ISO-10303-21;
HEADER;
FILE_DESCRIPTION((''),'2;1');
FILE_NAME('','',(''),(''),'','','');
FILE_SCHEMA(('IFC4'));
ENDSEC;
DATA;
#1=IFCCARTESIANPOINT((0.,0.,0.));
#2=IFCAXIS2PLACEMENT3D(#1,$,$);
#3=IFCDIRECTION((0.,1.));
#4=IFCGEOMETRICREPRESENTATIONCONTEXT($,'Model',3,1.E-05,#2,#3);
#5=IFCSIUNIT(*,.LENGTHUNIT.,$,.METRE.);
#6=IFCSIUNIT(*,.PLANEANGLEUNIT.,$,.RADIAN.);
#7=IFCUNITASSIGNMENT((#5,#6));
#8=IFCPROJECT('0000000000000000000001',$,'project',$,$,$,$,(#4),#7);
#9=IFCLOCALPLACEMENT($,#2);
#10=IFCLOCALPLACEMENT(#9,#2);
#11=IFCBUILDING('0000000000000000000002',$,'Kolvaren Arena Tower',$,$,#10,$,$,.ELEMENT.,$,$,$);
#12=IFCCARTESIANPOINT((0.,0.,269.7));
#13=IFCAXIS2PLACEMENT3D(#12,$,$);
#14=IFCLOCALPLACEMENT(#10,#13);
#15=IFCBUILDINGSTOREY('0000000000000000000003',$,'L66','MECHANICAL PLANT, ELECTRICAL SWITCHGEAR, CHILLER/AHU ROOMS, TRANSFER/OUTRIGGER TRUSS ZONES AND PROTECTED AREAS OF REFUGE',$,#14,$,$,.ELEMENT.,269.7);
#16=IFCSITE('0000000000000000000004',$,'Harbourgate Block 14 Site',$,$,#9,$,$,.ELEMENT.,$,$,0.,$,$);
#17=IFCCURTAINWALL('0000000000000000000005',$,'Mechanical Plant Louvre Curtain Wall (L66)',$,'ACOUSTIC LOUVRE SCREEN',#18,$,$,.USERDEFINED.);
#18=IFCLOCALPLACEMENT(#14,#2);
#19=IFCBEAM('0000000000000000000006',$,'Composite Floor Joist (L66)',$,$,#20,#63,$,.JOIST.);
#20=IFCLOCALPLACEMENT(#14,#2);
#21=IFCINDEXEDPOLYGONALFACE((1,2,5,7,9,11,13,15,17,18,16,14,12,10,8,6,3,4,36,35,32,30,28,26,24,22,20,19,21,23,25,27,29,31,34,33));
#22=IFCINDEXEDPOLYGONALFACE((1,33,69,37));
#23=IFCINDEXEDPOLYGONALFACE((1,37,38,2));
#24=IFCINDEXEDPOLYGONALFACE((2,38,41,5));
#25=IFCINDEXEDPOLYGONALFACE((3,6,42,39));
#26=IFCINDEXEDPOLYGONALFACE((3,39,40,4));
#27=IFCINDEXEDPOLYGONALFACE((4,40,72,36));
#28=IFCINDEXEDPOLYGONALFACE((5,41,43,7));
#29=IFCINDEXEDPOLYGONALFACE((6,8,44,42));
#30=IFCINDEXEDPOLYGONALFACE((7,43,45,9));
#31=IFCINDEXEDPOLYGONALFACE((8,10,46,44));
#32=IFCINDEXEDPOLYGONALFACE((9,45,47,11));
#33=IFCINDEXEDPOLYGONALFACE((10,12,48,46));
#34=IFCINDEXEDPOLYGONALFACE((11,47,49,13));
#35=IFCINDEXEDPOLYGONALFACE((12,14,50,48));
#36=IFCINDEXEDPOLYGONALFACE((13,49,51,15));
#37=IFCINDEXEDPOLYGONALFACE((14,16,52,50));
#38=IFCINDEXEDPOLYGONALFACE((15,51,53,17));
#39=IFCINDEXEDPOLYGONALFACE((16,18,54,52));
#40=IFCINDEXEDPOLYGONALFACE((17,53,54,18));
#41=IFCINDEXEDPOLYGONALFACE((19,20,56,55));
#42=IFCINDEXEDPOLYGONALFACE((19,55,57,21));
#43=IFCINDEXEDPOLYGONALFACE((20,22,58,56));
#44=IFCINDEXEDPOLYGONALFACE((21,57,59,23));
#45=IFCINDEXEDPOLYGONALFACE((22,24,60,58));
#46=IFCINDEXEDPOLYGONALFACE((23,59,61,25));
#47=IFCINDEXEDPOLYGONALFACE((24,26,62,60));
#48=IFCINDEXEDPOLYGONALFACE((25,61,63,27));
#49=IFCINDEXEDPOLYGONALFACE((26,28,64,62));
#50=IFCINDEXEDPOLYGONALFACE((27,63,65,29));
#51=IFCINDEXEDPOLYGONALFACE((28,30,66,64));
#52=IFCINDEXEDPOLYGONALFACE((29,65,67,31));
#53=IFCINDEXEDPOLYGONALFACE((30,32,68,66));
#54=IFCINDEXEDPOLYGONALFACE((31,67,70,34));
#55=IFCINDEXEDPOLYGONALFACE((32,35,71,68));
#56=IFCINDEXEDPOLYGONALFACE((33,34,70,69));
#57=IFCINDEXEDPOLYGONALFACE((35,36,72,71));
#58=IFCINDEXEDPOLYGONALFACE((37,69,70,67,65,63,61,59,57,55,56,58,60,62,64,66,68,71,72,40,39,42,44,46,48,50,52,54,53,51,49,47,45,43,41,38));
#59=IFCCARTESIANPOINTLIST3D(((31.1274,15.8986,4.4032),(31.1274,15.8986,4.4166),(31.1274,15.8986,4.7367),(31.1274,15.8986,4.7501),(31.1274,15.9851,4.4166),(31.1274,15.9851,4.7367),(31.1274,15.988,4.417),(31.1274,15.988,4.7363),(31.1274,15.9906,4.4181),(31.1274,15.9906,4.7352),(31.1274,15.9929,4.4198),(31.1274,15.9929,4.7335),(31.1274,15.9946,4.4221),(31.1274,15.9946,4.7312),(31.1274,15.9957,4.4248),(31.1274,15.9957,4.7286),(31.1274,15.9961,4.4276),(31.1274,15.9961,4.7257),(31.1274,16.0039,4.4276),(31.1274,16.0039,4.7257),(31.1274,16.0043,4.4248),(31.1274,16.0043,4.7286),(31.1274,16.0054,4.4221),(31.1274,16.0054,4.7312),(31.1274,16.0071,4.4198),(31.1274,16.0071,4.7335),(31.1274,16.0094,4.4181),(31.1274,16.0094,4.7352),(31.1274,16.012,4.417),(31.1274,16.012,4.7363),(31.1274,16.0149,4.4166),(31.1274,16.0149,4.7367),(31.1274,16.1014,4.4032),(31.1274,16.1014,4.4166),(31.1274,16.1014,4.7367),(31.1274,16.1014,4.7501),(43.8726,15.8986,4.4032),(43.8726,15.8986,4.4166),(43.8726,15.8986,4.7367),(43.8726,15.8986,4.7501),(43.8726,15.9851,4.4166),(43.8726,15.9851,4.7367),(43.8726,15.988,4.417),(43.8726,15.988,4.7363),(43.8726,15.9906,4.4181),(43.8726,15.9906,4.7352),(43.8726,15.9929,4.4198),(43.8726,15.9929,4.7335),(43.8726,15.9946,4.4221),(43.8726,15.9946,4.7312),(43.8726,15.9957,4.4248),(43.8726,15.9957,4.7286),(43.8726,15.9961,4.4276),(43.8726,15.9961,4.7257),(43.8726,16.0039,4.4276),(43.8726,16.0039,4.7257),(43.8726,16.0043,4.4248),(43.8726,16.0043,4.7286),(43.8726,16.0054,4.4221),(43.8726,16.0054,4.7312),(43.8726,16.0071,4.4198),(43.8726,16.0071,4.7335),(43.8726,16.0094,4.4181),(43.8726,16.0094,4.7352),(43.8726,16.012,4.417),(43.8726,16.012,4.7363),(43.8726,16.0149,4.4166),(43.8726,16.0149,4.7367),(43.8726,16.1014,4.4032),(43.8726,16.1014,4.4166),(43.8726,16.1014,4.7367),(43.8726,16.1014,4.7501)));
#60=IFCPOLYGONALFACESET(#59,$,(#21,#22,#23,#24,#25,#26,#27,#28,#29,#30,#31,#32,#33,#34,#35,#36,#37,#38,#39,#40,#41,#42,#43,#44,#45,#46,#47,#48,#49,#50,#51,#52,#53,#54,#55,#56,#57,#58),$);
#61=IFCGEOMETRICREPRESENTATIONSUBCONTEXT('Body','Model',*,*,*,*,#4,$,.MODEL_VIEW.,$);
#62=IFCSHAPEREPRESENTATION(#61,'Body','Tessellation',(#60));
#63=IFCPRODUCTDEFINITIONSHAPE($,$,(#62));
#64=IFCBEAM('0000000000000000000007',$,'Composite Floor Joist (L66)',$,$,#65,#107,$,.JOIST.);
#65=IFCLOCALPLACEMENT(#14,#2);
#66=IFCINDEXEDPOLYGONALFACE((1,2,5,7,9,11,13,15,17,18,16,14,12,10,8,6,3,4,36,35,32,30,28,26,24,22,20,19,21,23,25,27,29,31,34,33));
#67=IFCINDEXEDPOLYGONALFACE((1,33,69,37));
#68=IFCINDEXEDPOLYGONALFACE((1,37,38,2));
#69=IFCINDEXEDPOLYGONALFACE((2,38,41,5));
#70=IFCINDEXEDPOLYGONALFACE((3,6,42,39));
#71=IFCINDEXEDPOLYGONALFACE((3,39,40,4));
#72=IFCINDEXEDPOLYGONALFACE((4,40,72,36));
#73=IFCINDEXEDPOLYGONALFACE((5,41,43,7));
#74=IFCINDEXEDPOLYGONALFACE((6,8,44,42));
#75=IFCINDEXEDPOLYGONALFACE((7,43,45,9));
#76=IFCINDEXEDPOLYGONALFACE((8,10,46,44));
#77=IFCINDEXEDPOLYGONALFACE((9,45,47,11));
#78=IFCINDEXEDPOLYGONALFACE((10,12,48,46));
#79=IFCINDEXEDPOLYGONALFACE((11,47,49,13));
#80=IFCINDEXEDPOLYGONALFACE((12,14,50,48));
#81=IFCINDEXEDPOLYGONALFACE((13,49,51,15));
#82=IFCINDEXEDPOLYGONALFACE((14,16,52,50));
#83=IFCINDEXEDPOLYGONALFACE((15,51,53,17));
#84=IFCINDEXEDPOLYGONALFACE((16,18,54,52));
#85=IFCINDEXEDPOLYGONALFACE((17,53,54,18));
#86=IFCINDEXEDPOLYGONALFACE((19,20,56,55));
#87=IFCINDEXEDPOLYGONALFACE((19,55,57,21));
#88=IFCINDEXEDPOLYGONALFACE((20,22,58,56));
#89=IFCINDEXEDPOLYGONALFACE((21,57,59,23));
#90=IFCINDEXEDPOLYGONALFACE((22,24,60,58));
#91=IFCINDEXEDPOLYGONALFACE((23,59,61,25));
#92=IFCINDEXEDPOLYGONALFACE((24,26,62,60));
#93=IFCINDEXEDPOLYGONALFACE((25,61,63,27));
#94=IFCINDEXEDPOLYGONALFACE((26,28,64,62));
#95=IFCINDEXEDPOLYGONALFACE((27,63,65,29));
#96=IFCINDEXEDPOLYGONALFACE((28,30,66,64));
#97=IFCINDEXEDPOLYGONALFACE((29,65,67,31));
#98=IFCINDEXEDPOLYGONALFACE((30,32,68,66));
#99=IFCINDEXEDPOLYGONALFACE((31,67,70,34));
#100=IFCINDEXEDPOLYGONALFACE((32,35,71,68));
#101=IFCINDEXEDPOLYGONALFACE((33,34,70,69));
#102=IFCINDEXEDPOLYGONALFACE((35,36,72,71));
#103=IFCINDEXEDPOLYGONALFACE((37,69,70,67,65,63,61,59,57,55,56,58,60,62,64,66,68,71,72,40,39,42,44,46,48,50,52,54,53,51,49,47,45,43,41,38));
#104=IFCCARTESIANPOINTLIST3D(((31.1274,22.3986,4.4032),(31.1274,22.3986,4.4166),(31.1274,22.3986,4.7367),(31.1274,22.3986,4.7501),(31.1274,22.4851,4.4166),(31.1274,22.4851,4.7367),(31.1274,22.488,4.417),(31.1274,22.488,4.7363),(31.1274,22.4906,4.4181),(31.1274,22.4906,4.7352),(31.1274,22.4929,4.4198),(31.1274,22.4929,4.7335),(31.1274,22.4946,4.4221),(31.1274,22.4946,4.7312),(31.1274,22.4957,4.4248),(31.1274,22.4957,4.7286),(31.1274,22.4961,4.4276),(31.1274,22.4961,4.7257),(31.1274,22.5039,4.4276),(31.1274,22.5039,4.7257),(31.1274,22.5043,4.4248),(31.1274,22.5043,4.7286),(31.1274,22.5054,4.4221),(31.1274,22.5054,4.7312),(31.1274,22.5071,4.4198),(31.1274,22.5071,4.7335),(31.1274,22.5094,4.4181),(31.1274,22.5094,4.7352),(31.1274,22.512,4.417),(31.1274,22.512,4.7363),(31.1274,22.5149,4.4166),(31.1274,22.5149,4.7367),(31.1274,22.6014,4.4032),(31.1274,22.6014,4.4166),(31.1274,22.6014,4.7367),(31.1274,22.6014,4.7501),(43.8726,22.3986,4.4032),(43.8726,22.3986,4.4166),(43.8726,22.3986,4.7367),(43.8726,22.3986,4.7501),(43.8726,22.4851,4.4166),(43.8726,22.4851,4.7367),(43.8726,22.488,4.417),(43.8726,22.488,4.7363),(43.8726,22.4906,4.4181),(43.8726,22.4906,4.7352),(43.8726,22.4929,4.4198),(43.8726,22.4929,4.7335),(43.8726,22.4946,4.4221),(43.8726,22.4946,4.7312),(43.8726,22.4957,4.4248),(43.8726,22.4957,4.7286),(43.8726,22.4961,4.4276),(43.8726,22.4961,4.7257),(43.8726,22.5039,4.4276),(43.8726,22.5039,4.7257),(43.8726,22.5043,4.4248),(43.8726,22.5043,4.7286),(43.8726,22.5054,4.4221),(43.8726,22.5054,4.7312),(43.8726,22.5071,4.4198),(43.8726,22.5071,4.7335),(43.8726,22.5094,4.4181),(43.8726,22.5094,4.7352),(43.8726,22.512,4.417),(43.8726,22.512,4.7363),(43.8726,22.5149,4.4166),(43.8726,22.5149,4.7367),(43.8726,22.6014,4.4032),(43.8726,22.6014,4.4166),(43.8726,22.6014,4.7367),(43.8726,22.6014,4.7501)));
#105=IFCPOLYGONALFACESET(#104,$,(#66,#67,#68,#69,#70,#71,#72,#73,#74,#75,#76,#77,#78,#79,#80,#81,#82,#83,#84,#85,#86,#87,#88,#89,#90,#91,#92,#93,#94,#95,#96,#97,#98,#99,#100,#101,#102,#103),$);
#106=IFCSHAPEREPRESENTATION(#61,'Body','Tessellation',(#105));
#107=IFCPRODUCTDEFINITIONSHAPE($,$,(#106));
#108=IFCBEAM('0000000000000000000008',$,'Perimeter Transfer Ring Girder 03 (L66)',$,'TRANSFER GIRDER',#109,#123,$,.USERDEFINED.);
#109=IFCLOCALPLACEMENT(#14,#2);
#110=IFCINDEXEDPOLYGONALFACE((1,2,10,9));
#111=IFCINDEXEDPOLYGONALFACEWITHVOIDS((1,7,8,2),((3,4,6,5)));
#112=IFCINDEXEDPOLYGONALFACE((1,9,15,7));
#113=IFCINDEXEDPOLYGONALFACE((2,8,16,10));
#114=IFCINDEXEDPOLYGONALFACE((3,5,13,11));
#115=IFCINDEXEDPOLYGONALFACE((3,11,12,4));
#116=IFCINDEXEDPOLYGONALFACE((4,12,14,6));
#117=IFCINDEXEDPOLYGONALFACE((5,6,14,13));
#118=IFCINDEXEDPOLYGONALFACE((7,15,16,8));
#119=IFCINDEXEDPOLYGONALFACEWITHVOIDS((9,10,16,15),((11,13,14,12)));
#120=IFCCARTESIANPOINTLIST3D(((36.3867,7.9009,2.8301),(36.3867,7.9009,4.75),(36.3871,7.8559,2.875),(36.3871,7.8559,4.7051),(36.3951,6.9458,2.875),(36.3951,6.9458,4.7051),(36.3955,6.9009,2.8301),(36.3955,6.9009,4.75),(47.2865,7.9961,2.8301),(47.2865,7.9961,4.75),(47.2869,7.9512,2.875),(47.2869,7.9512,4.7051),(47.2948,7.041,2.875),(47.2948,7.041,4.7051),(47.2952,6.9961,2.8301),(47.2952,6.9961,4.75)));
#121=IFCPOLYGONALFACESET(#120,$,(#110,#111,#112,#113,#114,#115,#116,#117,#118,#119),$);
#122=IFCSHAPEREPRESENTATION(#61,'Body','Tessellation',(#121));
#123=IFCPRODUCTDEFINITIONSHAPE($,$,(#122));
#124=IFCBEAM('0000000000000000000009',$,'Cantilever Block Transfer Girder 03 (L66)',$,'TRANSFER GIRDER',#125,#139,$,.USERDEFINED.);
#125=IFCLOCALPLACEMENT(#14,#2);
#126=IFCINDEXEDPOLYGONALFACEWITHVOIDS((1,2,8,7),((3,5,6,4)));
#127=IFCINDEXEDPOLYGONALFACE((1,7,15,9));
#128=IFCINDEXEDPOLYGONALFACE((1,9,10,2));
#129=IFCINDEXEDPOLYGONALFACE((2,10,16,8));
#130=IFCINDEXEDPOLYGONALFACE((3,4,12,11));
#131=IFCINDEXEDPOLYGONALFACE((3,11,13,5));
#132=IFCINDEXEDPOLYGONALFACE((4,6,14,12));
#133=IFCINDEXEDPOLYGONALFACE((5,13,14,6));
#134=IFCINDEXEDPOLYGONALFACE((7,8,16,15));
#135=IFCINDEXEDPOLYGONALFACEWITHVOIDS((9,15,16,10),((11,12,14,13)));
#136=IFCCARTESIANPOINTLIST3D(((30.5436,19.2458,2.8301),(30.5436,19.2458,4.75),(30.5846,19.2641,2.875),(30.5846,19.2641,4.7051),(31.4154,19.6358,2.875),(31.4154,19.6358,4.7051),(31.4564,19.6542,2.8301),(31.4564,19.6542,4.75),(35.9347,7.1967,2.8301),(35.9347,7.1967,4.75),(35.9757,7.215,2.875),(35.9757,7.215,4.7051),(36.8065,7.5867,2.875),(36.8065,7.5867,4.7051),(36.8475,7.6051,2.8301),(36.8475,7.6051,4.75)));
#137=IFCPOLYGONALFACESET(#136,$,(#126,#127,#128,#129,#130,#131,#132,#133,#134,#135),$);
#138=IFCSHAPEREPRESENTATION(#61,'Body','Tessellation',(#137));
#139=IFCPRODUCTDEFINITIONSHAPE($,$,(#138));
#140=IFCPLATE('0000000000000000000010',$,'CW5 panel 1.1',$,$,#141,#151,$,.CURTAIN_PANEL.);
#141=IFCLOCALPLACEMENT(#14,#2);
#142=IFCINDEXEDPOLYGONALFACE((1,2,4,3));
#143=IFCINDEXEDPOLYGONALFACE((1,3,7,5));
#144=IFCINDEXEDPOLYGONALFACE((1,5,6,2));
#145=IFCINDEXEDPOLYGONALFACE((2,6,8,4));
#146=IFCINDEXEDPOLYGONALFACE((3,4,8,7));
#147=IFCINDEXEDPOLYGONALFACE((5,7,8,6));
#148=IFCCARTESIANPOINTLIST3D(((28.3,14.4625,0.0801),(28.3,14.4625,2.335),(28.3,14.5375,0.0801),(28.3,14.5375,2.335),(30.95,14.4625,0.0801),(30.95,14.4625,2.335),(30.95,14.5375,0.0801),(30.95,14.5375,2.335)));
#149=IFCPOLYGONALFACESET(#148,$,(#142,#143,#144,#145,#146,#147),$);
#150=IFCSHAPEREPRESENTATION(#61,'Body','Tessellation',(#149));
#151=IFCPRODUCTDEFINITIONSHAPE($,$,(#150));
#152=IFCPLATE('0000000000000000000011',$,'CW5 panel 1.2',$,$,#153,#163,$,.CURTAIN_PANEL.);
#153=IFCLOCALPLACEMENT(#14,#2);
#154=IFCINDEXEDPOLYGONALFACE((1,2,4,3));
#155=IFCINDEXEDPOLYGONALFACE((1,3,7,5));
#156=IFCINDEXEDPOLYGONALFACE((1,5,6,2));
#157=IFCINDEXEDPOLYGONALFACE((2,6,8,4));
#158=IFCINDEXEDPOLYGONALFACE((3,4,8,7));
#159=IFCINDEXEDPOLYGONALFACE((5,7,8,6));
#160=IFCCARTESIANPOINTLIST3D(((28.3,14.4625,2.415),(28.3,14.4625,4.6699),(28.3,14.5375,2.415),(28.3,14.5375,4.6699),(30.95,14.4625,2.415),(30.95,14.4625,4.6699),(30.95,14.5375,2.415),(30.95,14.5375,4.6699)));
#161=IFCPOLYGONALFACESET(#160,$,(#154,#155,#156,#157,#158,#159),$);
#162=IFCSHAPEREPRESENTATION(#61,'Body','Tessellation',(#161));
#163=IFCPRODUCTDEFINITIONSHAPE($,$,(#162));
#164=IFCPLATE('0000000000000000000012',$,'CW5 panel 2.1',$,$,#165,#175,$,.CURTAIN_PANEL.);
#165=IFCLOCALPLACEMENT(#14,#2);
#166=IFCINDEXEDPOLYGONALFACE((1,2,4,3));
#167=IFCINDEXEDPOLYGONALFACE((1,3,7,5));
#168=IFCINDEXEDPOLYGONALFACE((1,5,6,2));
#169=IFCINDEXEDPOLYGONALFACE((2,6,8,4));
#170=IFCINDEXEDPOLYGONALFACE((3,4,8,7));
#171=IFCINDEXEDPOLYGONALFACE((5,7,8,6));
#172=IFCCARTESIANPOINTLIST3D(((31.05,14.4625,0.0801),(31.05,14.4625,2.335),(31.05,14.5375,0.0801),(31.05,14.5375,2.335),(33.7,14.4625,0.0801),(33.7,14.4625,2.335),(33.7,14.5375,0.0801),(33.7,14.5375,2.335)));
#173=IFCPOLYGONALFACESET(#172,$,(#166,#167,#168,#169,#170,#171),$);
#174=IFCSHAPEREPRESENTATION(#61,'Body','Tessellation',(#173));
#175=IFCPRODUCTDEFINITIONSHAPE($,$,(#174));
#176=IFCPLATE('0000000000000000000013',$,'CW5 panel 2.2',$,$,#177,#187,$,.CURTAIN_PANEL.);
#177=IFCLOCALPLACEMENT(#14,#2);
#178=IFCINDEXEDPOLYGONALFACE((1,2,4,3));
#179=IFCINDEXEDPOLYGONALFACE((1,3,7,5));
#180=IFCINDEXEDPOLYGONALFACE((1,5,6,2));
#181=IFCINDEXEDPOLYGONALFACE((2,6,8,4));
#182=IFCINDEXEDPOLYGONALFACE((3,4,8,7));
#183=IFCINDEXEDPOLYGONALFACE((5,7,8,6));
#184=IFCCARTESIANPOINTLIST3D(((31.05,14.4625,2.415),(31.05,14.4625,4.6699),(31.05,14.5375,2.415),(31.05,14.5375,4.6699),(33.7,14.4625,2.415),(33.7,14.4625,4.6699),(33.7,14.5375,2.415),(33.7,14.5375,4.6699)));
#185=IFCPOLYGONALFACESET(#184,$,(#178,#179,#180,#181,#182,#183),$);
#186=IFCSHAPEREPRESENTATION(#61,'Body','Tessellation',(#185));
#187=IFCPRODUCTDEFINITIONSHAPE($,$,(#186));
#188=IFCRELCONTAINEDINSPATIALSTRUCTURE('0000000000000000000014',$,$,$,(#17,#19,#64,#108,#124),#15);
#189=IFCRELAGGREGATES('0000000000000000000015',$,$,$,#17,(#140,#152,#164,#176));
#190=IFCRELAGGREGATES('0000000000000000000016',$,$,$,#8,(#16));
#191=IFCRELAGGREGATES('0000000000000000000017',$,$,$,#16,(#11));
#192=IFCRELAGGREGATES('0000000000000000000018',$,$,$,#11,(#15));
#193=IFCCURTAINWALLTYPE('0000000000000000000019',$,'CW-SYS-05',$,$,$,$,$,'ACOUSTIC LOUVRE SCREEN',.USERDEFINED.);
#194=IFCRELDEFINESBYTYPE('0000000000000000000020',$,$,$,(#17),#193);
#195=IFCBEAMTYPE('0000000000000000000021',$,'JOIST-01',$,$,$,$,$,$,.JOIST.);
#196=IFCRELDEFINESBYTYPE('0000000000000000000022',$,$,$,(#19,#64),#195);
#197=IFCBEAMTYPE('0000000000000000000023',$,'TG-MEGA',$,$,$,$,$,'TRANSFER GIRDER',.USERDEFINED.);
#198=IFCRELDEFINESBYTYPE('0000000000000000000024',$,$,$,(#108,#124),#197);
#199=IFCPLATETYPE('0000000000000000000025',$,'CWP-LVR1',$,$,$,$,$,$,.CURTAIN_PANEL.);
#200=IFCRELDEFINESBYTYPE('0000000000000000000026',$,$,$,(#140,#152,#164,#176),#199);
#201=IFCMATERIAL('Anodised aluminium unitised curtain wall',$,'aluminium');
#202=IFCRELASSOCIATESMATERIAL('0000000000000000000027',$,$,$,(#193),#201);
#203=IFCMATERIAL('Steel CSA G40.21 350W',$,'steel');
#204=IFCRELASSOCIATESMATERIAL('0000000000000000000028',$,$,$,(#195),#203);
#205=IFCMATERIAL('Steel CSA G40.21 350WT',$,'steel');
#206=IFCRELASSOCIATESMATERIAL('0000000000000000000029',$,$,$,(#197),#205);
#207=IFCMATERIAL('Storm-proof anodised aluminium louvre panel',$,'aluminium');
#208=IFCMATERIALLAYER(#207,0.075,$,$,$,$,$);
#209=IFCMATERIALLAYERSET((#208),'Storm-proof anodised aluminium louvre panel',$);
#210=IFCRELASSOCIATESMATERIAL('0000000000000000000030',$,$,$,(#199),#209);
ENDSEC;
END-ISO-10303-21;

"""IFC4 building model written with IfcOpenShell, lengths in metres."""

from ifc_helpers import new_model, si_unit, direction, frame, origin, origin_2d, place, context, subcontext, project, spatial, rectangle, hollow_rectangle, i_section, extrude, material, layer, layer_set, material_profile, profile_set, type_object, element, aggregate, save


model = new_model("IFC4")

# Units and contexts
model_context = context("Model", 3, precision=1e-05, world=origin(), true_north=direction((0.0, 1.0)))
body_context = subcontext(model_context, "Body", "Model", "MODEL_VIEW")
ifc_project = project(units=[si_unit("LENGTHUNIT", "METRE"), si_unit("PLANEANGLEUNIT", "RADIAN")], contexts=[model_context])

# Site, building, storey
site_placement = place(None, origin())
site = spatial("IfcSite", under=ifc_project, at=site_placement, Name="Harbourgate Block 14 Site", CompositionType="ELEMENT", RefElevation=0.0)
building_placement = place(site_placement, origin())
building = spatial("IfcBuilding", under=site, at=building_placement, Name="Kolvaren Arena Tower", CompositionType="ELEMENT")
storey_placement = place(building_placement, frame((0.0, 0.0, 269.7)))
storey = spatial("IfcBuildingStorey", under=building, at=storey_placement, Name="L66", Description="MECHANICAL PLANT, ELECTRICAL SWITCHGEAR, CHILLER/AHU ROOMS, TRANSFER/OUTRIGGER TRUSS ZONES AND PROTECTED AREAS OF REFUGE", CompositionType="ELEMENT", Elevation=269.7)

# Curtain wall
ifc_material_1 = material(Name="Anodised aluminium unitised curtain wall", Category="aluminium")
curtain_wall_type = type_object("IfcCurtainWallType", Name="CW-SYS-05", ElementType="ACOUSTIC LOUVRE SCREEN", PredefinedType="USERDEFINED", material=ifc_material_1)
curtain_wall_placement = place(storey_placement, origin())
curtain_wall = element("IfcCurtainWall", 1, at=curtain_wall_placement, inside=storey, type_object=curtain_wall_type, Name="Mechanical Plant Louvre Curtain Wall (L66)", ObjectType="ACOUSTIC LOUVRE SCREEN", PredefinedType="USERDEFINED")

# Beams
ifc_material_2 = material(Name="Steel CSA G40.21 350W", Category="steel")
ifc_material_profile_1 = material_profile(ifc_material_2, i_section(OverallWidth=0.2029, OverallDepth=0.3469, WebThickness=0.0078, FlangeThickness=0.0134, FilletRadius=0.011, at=origin_2d()), Name="W360x64")
ifc_profile_set_1 = profile_set([ifc_material_profile_1], Name="Steel CSA G40.21 350W")
beam_type_1 = type_object("IfcBeamType", Name="JOIST-01", PredefinedType="JOIST", material=ifc_profile_set_1)
for number, where, z_axis, x_axis, name in (
    (2, (31.1274, 16.0, 4.5767), (1.0, 0.0, 0.0), (0.0, 1.0, 0.0), "Composite Floor Joist (L66)"),
    (3, (31.1274, 22.5, 4.5767), (1.0, 0.0, 0.0), (0.0, 1.0, 0.0), "Composite Floor Joist (L66)"),
):
    element("IfcBeam", number, at=place(storey_placement, frame(where, z_axis=z_axis, x_axis=x_axis)), inside=storey, type_object=beam_type_1, Name=name, PredefinedType="JOIST", context=body_context, shape_type="SweptSolid", body=[
        extrude(i_section(OverallWidth=0.2029, OverallDepth=0.3469, WebThickness=0.0078, FlangeThickness=0.0134, FilletRadius=0.011, at=origin_2d()), origin(), (0.0, 0.0, 1.0), 12.7451),
    ])
ifc_material_3 = material(Name="Steel CSA G40.21 350WT", Category="steel")
ifc_material_profile_2 = material_profile(ifc_material_3, hollow_rectangle(XDim=1.0, YDim=1.9199, WallThickness=0.0449, at=origin_2d()), Name="BOX 1000x1920x45")
ifc_profile_set_2 = profile_set([ifc_material_profile_2], Name="Steel CSA G40.21 350WT")
beam_type_2 = type_object("IfcBeamType", Name="TG-MEGA", ElementType="TRANSFER GIRDER", PredefinedType="USERDEFINED", material=ifc_profile_set_2)
beam_1_placement = place(storey_placement, frame((36.3911, 7.4009, 3.79), z_axis=(0.999962, 0.008735, 0.0), x_axis=(-0.008735, 0.999962, 0.0)))
element("IfcBeam", 4, at=beam_1_placement, inside=storey, type_object=beam_type_2, Name="Perimeter Transfer Ring Girder 03 (L66)", ObjectType="TRANSFER GIRDER", PredefinedType="USERDEFINED", context=body_context, shape_type="SweptSolid", body=[
    extrude(hollow_rectangle(XDim=1.0, YDim=1.9199, WallThickness=0.0449, at=origin_2d()), origin(), (0.0, 0.0, 1.0), 10.9001),
])
beam_2_placement = place(storey_placement, frame((36.3911, 7.4009, 3.79), z_axis=(-0.408413, 0.912797, 0.0), x_axis=(-0.912797, -0.408413, 0.0)))
element("IfcBeam", 5, at=beam_2_placement, inside=storey, type_object=beam_type_2, Name="Cantilever Block Transfer Girder 03 (L66)", ObjectType="TRANSFER GIRDER", PredefinedType="USERDEFINED", context=body_context, shape_type="SweptSolid", body=[
    extrude(hollow_rectangle(XDim=1.0, YDim=1.9199, WallThickness=0.0449, at=origin_2d()), origin(), (0.0, 0.0, 1.0), 13.2002),
])

# Plates
ifc_material_4 = material(Name="Storm-proof anodised aluminium louvre panel", Category="aluminium")
ifc_layer = layer(ifc_material_4, 0.075)
ifc_layer_set = layer_set([ifc_layer], Name="Storm-proof anodised aluminium louvre panel")
plate_type = type_object("IfcPlateType", Name="CWP-LVR1", PredefinedType="CURTAIN_PANEL", material=ifc_layer_set)
plate_1_placement = place(storey_placement, frame((29.625, 14.5, 0.0801), z_axis=(0.0, 0.0, 1.0), x_axis=(1.0, 0.0, 0.0)))
plate_1 = element("IfcPlate", 6, at=plate_1_placement, type_object=plate_type, Name="CW5 panel 1.1", PredefinedType="CURTAIN_PANEL", context=body_context, shape_type="SweptSolid", body=[
    extrude(rectangle(XDim=2.6499, YDim=0.075, at=origin_2d()), origin(), (0.0, 0.0, 1.0), 2.2549),
])
plate_2_placement = place(storey_placement, frame((29.625, 14.5, 2.415), z_axis=(0.0, 0.0, 1.0), x_axis=(1.0, 0.0, 0.0)))
plate_2 = element("IfcPlate", 7, at=plate_2_placement, type_object=plate_type, Name="CW5 panel 1.2", PredefinedType="CURTAIN_PANEL", context=body_context, shape_type="SweptSolid", body=[
    extrude(rectangle(XDim=2.6499, YDim=0.075, at=origin_2d()), origin(), (0.0, 0.0, 1.0), 2.2549),
])
plate_3_placement = place(storey_placement, frame((32.375, 14.5, 0.0801), z_axis=(0.0, 0.0, 1.0), x_axis=(1.0, 0.0, 0.0)))
plate_3 = element("IfcPlate", 8, at=plate_3_placement, type_object=plate_type, Name="CW5 panel 2.1", PredefinedType="CURTAIN_PANEL", context=body_context, shape_type="SweptSolid", body=[
    extrude(rectangle(XDim=2.6499, YDim=0.075, at=origin_2d()), origin(), (0.0, 0.0, 1.0), 2.2549),
])
plate_4_placement = place(storey_placement, frame((32.375, 14.5, 2.415), z_axis=(0.0, 0.0, 1.0), x_axis=(1.0, 0.0, 0.0)))
plate_4 = element("IfcPlate", 9, at=plate_4_placement, type_object=plate_type, Name="CW5 panel 2.2", PredefinedType="CURTAIN_PANEL", context=body_context, shape_type="SweptSolid", body=[
    extrude(rectangle(XDim=2.6499, YDim=0.075, at=origin_2d()), origin(), (0.0, 0.0, 1.0), 2.2549),
])
aggregate(curtain_wall, [plate_1, plate_2, plate_3, plate_4])

save(model, "model.ifc")
